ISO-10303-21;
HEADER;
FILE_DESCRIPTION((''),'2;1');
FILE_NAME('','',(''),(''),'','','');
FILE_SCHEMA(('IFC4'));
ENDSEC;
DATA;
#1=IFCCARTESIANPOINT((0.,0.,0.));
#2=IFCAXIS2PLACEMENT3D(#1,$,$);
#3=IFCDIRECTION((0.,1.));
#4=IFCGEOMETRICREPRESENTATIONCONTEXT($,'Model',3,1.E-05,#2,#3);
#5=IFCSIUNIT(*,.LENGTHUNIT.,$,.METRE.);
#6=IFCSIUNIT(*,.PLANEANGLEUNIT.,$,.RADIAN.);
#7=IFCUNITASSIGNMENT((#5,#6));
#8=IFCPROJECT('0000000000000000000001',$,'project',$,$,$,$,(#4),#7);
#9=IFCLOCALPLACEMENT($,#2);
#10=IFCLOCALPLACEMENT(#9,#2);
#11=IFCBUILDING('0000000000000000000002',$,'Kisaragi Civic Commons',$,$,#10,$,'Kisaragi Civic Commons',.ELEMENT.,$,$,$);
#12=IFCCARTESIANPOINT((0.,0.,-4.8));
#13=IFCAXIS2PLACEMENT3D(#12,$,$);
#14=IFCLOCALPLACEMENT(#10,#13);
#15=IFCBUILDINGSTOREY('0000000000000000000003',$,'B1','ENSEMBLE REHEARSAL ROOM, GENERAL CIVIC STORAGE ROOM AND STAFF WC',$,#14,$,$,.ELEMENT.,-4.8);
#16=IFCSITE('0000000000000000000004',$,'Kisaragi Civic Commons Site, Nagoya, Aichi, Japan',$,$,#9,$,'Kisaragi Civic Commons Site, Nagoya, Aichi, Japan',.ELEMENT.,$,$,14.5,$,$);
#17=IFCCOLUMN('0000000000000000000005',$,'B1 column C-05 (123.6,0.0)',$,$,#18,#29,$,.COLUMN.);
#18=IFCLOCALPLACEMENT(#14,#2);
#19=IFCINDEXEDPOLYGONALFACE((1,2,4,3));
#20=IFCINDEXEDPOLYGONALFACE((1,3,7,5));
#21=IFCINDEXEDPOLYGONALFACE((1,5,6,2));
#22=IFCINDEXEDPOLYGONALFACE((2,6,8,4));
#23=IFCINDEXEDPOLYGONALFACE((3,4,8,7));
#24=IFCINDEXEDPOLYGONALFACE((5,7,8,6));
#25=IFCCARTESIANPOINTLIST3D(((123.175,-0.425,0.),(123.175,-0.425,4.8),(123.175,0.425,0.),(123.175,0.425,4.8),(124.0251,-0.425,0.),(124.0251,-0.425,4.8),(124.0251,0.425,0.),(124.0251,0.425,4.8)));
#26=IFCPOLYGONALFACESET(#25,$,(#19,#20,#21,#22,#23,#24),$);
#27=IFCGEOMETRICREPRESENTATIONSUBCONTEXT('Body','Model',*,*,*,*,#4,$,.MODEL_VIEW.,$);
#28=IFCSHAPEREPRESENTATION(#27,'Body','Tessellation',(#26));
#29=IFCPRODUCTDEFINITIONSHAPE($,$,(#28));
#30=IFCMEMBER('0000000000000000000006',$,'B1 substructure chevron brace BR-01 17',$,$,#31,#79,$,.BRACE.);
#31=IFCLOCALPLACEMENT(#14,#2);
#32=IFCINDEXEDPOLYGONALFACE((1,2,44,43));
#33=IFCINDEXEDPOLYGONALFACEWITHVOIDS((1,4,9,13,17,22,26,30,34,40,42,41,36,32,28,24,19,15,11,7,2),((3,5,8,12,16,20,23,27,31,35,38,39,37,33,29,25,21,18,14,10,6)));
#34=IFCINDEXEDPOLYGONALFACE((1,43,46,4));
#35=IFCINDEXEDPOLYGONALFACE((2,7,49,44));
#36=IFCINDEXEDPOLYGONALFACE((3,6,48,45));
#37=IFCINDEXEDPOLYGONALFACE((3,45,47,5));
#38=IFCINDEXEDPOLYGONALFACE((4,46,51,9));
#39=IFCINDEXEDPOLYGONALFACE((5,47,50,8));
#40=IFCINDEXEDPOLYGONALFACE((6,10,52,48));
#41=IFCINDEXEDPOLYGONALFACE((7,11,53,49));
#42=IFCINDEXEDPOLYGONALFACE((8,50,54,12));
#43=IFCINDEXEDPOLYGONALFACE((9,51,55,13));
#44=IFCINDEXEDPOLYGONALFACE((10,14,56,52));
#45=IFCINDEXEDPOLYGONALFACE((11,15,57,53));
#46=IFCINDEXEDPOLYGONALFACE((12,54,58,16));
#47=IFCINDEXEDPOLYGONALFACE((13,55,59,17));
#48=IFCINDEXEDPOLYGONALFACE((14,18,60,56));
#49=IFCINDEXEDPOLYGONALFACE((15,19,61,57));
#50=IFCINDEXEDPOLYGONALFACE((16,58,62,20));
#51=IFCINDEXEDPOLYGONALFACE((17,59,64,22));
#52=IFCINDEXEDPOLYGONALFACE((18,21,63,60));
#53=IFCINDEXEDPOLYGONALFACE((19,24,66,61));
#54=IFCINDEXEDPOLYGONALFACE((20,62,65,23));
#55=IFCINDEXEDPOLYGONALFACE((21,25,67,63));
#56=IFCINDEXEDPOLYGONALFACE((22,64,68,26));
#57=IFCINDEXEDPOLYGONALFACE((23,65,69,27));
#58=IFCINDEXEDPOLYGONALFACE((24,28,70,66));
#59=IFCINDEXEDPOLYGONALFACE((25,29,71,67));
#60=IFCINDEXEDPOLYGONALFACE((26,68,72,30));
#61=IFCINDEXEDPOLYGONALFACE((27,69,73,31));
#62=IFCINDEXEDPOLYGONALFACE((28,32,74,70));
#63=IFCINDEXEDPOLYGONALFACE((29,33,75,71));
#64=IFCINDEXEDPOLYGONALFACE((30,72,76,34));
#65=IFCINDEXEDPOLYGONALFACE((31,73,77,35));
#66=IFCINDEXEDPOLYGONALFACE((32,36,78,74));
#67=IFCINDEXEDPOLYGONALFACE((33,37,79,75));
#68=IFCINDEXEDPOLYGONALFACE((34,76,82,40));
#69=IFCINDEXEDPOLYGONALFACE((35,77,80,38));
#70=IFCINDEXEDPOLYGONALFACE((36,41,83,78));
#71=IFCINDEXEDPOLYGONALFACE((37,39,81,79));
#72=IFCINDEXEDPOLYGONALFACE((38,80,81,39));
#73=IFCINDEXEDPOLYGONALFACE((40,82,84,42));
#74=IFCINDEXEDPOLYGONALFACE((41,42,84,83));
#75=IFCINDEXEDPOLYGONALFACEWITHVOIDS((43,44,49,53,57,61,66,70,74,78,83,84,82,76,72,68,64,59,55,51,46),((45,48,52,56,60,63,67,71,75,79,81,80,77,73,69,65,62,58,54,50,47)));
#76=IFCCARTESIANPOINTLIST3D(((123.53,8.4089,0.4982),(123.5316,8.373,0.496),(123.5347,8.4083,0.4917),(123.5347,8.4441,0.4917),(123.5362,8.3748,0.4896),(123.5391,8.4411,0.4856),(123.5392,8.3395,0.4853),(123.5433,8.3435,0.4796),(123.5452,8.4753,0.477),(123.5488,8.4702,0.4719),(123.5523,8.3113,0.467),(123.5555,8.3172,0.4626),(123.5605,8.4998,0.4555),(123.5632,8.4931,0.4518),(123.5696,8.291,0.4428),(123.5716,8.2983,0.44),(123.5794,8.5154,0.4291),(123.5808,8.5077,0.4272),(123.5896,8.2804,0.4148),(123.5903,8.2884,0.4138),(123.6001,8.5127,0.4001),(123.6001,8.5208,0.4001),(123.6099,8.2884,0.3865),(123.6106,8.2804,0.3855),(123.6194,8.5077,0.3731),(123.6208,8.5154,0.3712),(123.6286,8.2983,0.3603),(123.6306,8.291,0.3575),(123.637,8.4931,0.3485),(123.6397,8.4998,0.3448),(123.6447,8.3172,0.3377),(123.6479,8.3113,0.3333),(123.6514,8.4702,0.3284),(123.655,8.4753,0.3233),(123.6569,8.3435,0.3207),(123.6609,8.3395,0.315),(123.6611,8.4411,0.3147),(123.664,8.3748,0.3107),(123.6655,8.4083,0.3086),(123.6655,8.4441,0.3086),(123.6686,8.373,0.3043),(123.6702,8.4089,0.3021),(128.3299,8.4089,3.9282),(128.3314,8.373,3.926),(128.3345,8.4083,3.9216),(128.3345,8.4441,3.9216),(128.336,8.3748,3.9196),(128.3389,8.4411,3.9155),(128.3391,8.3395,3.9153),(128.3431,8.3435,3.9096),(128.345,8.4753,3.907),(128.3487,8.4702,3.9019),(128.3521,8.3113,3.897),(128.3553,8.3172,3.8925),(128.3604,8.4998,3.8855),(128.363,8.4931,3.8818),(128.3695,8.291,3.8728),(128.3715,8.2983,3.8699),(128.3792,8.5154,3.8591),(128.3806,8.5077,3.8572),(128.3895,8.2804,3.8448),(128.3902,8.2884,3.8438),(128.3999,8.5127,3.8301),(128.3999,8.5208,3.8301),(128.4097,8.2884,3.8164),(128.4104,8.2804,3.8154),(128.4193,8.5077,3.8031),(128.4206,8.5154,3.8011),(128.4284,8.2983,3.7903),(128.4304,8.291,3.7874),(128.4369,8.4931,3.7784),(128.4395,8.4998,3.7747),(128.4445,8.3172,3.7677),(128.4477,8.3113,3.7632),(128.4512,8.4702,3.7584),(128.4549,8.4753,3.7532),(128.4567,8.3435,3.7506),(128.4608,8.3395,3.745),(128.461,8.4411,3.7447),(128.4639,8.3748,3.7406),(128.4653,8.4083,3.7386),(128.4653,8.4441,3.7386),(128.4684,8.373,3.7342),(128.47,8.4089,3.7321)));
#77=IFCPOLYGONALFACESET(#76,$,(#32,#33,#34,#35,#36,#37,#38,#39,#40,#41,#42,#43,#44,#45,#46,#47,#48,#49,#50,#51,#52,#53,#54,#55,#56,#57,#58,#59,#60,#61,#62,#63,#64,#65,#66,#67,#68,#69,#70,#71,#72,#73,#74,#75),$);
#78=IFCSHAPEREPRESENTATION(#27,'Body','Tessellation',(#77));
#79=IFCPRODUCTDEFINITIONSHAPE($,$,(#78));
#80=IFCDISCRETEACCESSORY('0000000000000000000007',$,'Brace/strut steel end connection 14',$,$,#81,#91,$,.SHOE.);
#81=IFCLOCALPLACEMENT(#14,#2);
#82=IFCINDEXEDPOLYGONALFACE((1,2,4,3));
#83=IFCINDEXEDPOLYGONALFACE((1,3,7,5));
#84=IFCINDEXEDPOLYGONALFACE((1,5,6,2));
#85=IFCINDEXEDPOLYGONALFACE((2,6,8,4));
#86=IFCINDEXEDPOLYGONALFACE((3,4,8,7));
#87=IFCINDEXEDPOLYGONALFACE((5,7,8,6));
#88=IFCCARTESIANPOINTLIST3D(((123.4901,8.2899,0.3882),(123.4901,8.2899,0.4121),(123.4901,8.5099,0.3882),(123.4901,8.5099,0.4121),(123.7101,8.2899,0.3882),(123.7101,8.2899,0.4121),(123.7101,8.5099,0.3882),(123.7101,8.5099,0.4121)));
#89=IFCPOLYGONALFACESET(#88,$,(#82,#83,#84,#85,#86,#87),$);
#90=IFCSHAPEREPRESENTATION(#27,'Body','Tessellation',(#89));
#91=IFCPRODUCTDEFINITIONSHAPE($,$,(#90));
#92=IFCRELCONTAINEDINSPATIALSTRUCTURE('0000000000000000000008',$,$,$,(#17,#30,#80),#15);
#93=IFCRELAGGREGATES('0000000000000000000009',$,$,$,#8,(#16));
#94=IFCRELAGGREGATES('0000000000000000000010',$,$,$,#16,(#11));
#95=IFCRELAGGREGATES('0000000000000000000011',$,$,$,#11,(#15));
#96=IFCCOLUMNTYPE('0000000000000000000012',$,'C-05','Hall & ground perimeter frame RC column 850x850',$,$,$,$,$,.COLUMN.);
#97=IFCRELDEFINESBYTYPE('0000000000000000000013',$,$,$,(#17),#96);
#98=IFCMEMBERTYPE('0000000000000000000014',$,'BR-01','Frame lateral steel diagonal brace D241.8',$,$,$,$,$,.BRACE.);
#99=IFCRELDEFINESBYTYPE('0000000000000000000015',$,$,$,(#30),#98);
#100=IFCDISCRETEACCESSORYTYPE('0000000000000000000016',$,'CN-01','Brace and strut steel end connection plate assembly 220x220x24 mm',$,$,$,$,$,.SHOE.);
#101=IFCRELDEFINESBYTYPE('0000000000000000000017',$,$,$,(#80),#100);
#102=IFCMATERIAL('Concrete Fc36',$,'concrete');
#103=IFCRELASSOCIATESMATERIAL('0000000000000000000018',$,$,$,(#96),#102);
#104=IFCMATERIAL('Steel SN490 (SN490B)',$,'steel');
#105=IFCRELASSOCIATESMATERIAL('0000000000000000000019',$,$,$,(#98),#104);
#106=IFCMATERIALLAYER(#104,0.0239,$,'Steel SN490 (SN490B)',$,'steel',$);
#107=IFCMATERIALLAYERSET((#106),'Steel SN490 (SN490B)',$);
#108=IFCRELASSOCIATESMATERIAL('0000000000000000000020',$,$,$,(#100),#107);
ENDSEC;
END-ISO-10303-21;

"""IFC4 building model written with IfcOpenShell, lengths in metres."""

from ifc_helpers import new_model, si_unit, direction, frame, origin, origin_2d, place, context, subcontext, project, spatial, rectangle, hollow_circle, extrude, material, layer, layer_set, material_profile, profile_set, type_object, element, save


model = new_model("IFC4")

# Units and contexts
model_context = context("Model", 3, precision=1e-05, world=origin(), true_north=direction((0.0, 1.0)))
body_context = subcontext(model_context, "Body", "Model", "MODEL_VIEW")
ifc_project = project(units=[si_unit("LENGTHUNIT", "METRE"), si_unit("PLANEANGLEUNIT", "RADIAN")], contexts=[model_context])

# Site, building, storey
site_placement = place(None, origin())
site = spatial("IfcSite", under=ifc_project, at=site_placement, Name="Kisaragi Civic Commons Site, Nagoya, Aichi, Japan", LongName="Kisaragi Civic Commons Site, Nagoya, Aichi, Japan", CompositionType="ELEMENT", RefElevation=14.5)
building_placement = place(site_placement, origin())
building = spatial("IfcBuilding", under=site, at=building_placement, Name="Kisaragi Civic Commons", LongName="Kisaragi Civic Commons", CompositionType="ELEMENT")
storey_placement = place(building_placement, frame((0.0, 0.0, -4.8)))
storey = spatial("IfcBuildingStorey", under=building, at=storey_placement, Name="B1", Description="ENSEMBLE REHEARSAL ROOM, GENERAL CIVIC STORAGE ROOM AND STAFF WC", CompositionType="ELEMENT", Elevation=-4.8)

# Shared definitions
ifc_material_1 = material(Name="Concrete Fc36", Category="concrete")

# Column
ifc_material_profile_1 = material_profile(ifc_material_1, rectangle(XDim=0.8501, YDim=0.8501, at=origin_2d()), Name="RC-850x850", Category="concrete")
ifc_profile_set_1 = profile_set([ifc_material_profile_1], Name="Concrete Fc36")
column_type_1 = type_object("IfcColumnType", Name="C-05", Description="Hall & ground perimeter frame RC column 850x850", PredefinedType="COLUMN", material=ifc_profile_set_1)
for number, where, z_axis, x_axis, name in (
    (1, (123.6001, 0.0, 0.0), (0.0, 0.0, 1.0), (1.0, 0.0, 0.0), "B1 column C-05 (123.6,0.0)"),
):
    element("IfcColumn", number, at=place(storey_placement, frame(where, z_axis=z_axis, x_axis=x_axis)), inside=storey, type_object=column_type_1, Name=name, PredefinedType="COLUMN", context=body_context, shape_type="SweptSolid", body=[
        extrude(rectangle(XDim=0.8501, YDim=0.8501, at=origin_2d()), origin(), (0.0, 0.0, 1.0), 4.8),
    ])

# Member
ifc_material_2 = material(Name="Steel SN490 (SN490B)", Category="steel")
ifc_material_profile_2 = material_profile(ifc_material_2, hollow_circle(Radius=0.1208, WallThickness=0.0081, at=origin_2d()), Name="CHS-241.8x8.0", Category="steel")
ifc_profile_set_2 = profile_set([ifc_material_profile_2], Name="Steel SN490 (SN490B)")
member_type = type_object("IfcMemberType", Name="BR-01", Description="Frame lateral steel diagonal brace D241.8", PredefinedType="BRACE", material=ifc_profile_set_2)
member_placement = place(storey_placement, frame((123.6001, 8.3999, 0.4001), z_axis=(0.813613, 0.0, 0.581407), x_axis=(0.0, 1.0, 0.0)))
element("IfcMember", 2, at=member_placement, inside=storey, type_object=member_type, Name="B1 substructure chevron brace BR-01 17", PredefinedType="BRACE", context=body_context, shape_type="SweptSolid", body=[
    extrude(hollow_circle(Radius=0.1208, WallThickness=0.0081, at=origin_2d()), origin(), (0.0, 0.0, 1.0), 5.8994),
])

# Discrete accessory
ifc_layer = layer(ifc_material_2, 0.0239, Name="Steel SN490 (SN490B)", Category="steel")
ifc_layer_set = layer_set([ifc_layer], Name="Steel SN490 (SN490B)")
discrete_accessory_type = type_object("IfcDiscreteAccessoryType", Name="CN-01", Description="Brace and strut steel end connection plate assembly 220x220x24 mm", PredefinedType="SHOE", material=ifc_layer_set)
discrete_accessory_placement = place(storey_placement, frame((123.6001, 8.3999, 0.3882), z_axis=(0.0, 0.0, 1.0), x_axis=(1.0, 0.0, 0.0)))
element("IfcDiscreteAccessory", 3, at=discrete_accessory_placement, inside=storey, type_object=discrete_accessory_type, Name="Brace/strut steel end connection 14", PredefinedType="SHOE", context=body_context, shape_type="SweptSolid", body=[
    extrude(rectangle(XDim=0.22, YDim=0.22, at=origin_2d()), origin(), (0.0, 0.0, 1.0), 0.0239),
])

save(model, "model.ifc")
